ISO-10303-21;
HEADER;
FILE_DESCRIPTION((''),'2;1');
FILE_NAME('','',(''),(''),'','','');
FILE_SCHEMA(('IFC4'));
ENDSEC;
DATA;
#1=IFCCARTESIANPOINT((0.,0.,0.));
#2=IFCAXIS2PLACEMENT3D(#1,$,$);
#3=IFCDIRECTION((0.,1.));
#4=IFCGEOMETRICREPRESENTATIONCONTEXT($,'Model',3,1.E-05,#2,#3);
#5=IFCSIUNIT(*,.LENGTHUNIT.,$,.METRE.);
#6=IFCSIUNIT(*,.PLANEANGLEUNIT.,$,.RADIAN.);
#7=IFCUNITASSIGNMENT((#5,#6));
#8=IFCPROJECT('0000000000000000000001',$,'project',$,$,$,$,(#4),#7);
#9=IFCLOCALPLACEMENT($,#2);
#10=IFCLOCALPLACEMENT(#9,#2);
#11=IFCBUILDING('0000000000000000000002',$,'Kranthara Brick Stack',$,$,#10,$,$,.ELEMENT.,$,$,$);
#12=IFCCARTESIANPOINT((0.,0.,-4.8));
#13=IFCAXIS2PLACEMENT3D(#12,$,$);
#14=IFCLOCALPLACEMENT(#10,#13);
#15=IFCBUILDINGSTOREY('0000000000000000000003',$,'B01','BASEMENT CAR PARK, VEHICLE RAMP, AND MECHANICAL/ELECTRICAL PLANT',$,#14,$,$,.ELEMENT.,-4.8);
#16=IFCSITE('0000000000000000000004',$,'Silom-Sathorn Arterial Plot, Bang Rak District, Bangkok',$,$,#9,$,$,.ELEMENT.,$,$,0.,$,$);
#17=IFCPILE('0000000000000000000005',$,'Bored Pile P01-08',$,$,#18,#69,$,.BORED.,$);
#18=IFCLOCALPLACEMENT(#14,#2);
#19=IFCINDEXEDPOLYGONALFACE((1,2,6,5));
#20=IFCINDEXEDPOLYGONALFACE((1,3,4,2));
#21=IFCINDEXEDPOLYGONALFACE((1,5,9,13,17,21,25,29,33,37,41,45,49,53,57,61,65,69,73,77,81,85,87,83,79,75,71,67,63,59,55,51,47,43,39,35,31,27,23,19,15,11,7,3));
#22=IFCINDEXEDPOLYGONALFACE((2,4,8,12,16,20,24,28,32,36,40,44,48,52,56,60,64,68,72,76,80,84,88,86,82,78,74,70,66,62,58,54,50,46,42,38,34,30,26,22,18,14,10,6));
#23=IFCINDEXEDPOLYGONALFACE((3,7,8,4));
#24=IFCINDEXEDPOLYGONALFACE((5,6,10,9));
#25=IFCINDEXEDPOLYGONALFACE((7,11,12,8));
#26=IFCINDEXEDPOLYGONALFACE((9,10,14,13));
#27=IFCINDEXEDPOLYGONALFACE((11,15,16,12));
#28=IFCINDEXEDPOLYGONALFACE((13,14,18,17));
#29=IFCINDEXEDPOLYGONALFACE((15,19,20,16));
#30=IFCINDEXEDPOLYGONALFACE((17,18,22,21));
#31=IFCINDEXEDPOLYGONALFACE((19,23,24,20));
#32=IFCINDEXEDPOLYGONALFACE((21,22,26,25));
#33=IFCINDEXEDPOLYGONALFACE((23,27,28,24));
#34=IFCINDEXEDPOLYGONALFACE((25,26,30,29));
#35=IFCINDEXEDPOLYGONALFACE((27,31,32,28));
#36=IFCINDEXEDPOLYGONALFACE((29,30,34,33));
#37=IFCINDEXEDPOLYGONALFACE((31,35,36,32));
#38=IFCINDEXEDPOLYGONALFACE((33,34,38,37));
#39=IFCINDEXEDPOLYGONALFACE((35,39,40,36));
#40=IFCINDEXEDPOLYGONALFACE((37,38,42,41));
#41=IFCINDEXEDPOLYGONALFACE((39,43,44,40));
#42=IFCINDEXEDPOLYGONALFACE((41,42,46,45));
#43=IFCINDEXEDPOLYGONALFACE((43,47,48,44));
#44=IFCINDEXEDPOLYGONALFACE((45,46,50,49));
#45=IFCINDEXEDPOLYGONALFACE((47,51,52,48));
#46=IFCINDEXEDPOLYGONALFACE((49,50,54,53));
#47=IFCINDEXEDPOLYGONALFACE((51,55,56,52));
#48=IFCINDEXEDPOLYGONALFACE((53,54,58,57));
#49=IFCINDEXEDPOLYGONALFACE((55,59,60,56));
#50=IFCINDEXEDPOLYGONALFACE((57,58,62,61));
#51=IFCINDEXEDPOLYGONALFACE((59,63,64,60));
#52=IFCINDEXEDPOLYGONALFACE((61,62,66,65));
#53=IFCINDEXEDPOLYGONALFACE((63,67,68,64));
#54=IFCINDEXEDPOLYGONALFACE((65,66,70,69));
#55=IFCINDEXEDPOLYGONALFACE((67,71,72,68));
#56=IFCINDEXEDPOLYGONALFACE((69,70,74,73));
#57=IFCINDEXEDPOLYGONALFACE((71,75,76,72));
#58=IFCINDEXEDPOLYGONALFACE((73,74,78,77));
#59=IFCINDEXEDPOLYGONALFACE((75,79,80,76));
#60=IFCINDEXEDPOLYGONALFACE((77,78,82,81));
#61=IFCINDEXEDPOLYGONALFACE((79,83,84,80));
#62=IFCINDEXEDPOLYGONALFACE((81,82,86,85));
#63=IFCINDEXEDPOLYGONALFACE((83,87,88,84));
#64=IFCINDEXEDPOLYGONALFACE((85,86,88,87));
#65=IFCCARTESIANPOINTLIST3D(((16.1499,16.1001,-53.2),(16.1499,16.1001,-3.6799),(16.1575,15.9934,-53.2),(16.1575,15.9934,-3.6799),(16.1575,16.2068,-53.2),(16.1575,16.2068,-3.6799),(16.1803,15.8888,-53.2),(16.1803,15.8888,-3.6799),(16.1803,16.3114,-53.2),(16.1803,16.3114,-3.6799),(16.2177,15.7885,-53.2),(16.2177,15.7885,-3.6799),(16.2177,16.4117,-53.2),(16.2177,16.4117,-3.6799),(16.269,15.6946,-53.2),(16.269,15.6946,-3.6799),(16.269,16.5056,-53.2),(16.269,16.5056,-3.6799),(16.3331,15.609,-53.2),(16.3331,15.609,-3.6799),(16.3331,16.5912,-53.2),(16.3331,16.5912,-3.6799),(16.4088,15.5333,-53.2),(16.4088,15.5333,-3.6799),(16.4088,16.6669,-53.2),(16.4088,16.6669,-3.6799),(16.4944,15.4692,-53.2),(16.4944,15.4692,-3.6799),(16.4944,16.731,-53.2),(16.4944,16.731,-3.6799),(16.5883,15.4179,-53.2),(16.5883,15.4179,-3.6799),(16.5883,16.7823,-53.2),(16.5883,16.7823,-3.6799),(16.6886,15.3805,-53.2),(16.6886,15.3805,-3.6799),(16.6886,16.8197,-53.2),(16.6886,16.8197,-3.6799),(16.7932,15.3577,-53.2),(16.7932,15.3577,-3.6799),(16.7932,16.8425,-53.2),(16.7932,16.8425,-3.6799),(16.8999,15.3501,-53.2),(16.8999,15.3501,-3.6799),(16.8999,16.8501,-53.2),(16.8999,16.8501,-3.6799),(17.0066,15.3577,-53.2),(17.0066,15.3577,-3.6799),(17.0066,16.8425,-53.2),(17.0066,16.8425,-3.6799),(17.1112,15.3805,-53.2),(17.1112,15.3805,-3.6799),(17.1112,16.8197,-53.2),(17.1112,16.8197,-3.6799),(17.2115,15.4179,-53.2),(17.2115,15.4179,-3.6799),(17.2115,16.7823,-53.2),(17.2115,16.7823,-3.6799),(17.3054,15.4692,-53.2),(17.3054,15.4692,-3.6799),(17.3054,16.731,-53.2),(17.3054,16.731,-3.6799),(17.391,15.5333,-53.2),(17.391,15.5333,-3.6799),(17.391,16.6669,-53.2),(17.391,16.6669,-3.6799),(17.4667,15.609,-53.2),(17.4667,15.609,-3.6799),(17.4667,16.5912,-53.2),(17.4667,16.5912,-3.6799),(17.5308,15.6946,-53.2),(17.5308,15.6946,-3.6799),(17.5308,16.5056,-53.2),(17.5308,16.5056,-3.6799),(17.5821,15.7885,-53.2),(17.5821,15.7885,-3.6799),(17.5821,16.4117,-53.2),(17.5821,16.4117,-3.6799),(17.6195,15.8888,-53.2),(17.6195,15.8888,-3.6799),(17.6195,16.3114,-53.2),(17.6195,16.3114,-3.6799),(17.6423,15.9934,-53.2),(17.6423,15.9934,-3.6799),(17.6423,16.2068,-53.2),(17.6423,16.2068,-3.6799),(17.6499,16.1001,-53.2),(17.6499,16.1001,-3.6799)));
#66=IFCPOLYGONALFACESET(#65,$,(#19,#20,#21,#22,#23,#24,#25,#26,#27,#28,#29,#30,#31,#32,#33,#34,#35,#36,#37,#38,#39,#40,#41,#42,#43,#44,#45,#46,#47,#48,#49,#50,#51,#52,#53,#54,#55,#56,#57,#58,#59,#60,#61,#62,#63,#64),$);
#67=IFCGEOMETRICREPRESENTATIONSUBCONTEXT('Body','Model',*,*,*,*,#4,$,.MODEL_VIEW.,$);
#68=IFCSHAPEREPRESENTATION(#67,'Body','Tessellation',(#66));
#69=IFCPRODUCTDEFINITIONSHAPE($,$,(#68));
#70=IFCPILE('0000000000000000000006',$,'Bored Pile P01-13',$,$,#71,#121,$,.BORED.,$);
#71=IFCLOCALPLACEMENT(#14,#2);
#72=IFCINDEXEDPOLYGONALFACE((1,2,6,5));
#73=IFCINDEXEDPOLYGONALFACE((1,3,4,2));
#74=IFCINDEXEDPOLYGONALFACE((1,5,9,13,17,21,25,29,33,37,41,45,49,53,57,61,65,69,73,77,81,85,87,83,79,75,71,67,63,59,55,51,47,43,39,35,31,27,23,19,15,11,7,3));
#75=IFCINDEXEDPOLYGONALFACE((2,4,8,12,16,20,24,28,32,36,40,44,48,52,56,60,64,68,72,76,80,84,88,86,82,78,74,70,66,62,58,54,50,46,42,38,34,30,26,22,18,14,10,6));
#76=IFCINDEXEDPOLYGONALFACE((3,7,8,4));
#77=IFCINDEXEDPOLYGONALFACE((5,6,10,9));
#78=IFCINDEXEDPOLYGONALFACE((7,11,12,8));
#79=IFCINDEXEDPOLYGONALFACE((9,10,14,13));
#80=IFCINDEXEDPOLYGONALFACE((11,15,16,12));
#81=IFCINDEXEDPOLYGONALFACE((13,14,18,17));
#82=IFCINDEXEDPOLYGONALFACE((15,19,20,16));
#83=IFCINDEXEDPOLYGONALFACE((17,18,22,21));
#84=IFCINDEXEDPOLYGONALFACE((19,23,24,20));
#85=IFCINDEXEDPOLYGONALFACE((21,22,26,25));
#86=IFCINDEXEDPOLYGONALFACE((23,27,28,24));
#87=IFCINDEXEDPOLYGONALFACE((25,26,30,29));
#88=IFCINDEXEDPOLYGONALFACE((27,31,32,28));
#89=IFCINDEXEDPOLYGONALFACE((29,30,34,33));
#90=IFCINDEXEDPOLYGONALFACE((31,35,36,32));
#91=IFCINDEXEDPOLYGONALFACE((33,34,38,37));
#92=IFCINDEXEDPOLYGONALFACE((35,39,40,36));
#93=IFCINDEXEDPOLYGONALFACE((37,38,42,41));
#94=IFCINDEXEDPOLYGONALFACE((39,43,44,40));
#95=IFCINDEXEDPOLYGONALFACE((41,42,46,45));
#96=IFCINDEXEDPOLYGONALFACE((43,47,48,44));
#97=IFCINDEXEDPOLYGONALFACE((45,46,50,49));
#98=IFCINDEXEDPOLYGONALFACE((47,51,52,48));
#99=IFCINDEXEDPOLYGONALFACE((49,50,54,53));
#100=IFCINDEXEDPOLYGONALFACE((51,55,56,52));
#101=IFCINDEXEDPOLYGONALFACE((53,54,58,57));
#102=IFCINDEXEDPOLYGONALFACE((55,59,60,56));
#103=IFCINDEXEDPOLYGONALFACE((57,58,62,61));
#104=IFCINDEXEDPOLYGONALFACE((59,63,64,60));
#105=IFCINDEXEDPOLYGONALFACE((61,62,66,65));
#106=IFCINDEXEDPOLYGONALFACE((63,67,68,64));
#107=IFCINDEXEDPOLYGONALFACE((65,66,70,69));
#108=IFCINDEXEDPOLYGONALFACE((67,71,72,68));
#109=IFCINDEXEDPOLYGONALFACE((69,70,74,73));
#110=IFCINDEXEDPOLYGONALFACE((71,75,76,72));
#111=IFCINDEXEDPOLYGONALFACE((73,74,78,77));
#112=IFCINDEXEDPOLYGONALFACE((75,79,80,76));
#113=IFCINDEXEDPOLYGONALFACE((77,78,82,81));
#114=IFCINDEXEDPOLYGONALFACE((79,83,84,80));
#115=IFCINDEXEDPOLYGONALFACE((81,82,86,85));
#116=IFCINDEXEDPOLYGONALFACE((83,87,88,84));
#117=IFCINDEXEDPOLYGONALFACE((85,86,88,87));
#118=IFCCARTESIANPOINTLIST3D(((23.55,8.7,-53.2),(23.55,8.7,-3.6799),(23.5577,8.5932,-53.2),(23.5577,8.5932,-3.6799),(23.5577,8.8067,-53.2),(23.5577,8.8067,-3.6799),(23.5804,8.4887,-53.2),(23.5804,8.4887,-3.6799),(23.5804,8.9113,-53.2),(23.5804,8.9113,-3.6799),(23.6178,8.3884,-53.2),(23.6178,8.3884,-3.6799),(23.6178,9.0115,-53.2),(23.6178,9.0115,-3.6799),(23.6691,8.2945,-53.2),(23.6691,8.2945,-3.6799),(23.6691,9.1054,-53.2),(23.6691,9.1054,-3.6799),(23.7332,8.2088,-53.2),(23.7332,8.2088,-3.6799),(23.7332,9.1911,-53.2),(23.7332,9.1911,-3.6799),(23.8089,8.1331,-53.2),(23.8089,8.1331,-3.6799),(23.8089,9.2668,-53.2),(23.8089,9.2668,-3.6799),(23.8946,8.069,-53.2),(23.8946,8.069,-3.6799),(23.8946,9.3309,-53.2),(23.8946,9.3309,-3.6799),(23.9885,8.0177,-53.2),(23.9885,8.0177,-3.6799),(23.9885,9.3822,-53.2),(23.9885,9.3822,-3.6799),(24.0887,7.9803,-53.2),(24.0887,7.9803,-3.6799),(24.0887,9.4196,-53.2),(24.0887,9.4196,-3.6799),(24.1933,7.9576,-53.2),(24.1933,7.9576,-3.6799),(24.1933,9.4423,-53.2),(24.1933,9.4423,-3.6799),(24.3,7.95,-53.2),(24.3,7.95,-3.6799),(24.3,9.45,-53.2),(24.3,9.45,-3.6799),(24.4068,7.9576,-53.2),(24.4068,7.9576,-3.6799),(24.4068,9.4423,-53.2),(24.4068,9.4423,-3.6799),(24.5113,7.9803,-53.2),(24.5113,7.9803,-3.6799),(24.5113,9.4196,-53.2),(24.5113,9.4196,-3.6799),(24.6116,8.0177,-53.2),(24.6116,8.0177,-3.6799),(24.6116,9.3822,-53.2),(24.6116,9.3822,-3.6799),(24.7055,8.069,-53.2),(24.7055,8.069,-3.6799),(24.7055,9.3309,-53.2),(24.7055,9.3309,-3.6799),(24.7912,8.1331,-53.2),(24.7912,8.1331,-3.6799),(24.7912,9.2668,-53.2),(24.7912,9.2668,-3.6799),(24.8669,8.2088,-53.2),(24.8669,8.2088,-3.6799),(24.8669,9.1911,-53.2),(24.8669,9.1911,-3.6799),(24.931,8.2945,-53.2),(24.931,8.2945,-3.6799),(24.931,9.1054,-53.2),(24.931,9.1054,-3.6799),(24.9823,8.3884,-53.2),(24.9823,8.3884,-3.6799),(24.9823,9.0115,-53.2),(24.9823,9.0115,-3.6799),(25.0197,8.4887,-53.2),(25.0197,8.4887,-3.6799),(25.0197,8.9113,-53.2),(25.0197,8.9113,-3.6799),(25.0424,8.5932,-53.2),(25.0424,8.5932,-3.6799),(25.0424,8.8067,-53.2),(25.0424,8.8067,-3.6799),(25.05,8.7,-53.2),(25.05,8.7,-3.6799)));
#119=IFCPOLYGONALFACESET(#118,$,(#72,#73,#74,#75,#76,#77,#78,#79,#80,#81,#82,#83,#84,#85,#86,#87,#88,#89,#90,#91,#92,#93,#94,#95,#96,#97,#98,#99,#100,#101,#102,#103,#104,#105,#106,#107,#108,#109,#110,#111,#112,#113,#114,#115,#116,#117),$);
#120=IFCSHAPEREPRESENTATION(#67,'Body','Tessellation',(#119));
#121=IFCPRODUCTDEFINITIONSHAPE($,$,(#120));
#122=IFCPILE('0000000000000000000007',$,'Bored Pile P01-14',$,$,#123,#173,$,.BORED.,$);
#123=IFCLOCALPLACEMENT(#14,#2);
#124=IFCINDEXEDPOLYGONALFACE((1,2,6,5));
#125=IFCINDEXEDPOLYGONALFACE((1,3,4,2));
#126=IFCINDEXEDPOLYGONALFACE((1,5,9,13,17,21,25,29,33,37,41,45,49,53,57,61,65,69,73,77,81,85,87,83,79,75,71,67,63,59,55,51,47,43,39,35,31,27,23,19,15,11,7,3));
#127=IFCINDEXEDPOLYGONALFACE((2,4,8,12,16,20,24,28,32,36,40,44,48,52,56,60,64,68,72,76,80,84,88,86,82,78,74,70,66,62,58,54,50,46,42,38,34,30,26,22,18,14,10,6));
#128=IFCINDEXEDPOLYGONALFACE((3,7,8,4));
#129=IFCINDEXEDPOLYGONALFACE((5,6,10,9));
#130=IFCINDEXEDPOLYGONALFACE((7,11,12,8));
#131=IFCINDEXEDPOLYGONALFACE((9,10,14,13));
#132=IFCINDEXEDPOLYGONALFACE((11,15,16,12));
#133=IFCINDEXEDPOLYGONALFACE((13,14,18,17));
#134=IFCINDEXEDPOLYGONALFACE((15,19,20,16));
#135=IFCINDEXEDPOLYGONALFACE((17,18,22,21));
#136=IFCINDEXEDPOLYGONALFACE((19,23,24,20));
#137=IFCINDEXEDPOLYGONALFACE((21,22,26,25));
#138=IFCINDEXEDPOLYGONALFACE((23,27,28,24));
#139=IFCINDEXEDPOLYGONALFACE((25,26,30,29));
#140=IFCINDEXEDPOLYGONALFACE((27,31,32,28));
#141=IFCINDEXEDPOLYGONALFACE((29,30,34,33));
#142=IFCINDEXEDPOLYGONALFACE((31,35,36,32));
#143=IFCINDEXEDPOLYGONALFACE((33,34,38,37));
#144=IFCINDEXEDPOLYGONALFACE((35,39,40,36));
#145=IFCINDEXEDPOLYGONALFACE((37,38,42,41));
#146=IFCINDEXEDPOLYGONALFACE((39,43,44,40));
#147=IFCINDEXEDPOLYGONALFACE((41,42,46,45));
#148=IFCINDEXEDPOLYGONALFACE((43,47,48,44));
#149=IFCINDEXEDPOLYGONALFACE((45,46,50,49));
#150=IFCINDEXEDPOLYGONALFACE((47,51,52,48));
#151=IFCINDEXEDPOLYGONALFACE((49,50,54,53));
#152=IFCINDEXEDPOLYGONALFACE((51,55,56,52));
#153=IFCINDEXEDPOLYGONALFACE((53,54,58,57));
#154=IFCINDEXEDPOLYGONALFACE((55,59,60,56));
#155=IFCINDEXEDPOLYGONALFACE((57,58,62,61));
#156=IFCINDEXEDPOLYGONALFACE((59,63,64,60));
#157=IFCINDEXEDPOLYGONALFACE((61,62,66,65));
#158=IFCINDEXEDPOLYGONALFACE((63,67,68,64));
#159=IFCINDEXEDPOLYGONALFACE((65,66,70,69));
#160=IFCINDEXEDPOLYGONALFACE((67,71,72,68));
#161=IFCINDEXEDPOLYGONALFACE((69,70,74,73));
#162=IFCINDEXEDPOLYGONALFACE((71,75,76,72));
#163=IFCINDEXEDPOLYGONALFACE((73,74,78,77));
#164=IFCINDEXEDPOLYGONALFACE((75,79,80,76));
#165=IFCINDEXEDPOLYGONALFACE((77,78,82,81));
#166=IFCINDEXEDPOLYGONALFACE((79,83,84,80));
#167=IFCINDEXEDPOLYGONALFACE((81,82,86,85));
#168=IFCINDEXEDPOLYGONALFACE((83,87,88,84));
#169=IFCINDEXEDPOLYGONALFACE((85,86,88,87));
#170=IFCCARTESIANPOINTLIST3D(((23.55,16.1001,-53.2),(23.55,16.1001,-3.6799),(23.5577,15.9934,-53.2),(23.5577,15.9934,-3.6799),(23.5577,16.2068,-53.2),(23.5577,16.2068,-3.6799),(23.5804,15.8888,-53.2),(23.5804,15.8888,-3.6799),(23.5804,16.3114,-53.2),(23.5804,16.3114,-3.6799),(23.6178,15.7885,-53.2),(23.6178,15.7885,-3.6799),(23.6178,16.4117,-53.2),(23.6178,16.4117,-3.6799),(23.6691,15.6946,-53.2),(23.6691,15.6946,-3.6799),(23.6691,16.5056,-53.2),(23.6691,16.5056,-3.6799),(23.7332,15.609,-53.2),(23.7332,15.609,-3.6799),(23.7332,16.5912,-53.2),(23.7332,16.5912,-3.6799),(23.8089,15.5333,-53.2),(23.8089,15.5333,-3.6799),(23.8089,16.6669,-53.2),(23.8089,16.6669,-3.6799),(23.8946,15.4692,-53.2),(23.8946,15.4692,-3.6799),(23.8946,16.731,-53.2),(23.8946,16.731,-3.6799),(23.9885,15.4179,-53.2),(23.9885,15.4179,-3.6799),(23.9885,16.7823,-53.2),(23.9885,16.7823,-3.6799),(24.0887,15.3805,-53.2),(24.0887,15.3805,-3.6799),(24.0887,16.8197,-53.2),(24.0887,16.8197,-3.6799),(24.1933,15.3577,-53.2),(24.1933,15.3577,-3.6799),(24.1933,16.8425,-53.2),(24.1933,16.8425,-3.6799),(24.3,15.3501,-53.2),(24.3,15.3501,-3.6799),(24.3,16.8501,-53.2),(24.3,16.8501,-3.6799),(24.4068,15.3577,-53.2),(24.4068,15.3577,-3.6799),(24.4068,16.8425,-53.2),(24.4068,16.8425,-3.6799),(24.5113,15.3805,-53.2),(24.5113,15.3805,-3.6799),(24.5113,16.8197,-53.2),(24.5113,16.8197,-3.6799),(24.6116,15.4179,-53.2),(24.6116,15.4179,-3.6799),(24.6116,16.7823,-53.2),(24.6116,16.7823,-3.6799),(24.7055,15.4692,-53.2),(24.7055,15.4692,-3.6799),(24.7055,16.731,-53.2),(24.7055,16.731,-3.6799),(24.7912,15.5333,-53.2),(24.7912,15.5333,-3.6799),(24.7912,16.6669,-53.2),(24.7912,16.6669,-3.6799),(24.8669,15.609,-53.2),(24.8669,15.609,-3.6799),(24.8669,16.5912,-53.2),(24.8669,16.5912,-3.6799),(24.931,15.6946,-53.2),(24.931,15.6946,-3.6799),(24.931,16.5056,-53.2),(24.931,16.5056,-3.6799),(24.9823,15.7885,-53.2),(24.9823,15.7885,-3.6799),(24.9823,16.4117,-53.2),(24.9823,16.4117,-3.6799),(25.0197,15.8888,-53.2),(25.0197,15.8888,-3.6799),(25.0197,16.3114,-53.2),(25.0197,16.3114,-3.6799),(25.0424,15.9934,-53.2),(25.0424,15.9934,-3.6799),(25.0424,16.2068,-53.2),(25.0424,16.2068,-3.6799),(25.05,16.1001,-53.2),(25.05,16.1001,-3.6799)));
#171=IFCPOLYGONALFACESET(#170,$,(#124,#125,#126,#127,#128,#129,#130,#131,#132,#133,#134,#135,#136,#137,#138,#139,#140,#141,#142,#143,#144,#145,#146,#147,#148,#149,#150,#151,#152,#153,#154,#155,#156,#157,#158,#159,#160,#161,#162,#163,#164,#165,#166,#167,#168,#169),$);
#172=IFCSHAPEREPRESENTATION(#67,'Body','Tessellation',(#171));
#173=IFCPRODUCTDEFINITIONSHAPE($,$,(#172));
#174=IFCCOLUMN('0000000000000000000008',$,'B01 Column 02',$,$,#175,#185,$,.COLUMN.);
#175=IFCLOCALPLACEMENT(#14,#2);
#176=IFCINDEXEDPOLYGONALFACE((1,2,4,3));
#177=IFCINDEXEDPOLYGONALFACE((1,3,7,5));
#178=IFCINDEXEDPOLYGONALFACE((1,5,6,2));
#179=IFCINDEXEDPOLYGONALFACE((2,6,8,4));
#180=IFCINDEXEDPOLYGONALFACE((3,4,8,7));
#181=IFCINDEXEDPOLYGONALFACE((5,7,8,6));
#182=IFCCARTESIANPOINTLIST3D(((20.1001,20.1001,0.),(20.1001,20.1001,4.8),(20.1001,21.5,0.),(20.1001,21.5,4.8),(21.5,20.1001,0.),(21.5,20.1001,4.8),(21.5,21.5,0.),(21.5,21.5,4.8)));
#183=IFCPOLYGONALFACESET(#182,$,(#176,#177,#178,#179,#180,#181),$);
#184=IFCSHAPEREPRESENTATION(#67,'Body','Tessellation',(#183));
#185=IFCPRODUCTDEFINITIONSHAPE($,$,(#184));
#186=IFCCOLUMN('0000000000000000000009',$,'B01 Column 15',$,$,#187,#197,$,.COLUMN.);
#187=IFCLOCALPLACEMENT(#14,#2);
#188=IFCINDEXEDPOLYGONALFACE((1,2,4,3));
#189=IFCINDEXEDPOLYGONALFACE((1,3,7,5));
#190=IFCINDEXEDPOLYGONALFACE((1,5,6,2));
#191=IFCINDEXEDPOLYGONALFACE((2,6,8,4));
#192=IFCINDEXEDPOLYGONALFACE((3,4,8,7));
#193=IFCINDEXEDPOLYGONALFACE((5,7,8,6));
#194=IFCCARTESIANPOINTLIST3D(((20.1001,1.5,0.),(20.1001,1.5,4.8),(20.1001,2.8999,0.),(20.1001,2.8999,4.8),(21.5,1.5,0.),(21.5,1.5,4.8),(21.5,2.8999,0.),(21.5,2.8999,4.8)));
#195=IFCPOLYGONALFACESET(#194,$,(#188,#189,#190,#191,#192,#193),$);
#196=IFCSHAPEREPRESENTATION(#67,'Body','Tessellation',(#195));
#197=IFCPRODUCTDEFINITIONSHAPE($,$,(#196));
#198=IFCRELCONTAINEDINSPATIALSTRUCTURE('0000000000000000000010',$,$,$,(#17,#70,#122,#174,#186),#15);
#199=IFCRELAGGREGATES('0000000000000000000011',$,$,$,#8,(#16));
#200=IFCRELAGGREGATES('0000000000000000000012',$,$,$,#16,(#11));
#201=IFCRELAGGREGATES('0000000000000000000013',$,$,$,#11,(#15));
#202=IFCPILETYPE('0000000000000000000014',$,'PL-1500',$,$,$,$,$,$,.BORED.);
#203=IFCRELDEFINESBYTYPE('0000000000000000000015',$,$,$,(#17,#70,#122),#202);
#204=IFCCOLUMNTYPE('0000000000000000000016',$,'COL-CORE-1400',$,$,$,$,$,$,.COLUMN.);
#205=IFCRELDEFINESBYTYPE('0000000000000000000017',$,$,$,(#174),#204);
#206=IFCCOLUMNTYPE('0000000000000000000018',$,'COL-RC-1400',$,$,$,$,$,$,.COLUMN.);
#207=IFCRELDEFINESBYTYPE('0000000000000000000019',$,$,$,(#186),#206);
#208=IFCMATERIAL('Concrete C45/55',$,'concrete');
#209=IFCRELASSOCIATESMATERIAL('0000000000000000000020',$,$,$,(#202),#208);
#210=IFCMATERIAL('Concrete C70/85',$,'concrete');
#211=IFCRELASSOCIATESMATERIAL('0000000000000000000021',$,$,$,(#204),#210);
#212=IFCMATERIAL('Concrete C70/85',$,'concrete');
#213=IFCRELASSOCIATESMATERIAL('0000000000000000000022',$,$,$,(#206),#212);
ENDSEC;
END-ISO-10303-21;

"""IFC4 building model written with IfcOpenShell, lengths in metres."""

from ifc_helpers import new_model, si_unit, direction, frame, origin, origin_2d, place, context, subcontext, project, spatial, rectangle, circle, extrude, material, material_profile, profile_set, type_object, element, save


model = new_model("IFC4")

# Units and contexts
model_context = context("Model", 3, precision=1e-05, world=origin(), true_north=direction((0.0, 1.0)))
body_context = subcontext(model_context, "Body", "Model", "MODEL_VIEW")
ifc_project = project(units=[si_unit("LENGTHUNIT", "METRE"), si_unit("PLANEANGLEUNIT", "RADIAN")], contexts=[model_context])

# Site, building, storey
site_placement = place(None, origin())
site = spatial("IfcSite", under=ifc_project, at=site_placement, Name="Silom-Sathorn Arterial Plot, Bang Rak District, Bangkok", CompositionType="ELEMENT", RefElevation=0.0)
building_placement = place(site_placement, origin())
building = spatial("IfcBuilding", under=site, at=building_placement, Name="Kranthara Brick Stack", CompositionType="ELEMENT")
storey_placement = place(building_placement, frame((0.0, 0.0, -4.8)))
storey = spatial("IfcBuildingStorey", under=building, at=storey_placement, Name="B01", Description="BASEMENT CAR PARK, VEHICLE RAMP, AND MECHANICAL/ELECTRICAL PLANT", CompositionType="ELEMENT", Elevation=-4.8)

# Piles
ifc_material_1 = material(Name="Concrete C45/55", Category="concrete")
ifc_material_profile_1 = material_profile(ifc_material_1, circle(Radius=0.75, at=origin_2d()), Name="BORED PILE 1500")
ifc_profile_set_1 = profile_set([ifc_material_profile_1], Name="Concrete C45/55")
pile_type_1 = type_object("IfcPileType", Name="PL-1500", PredefinedType="BORED", material=ifc_profile_set_1)
for number, where, z_axis, x_axis, name in (
    (1, (16.8999, 16.1001, -3.6799), (0.0, 0.0, -1.0), (1.0, 0.0, 0.0), "Bored Pile P01-08"),
    (2, (24.3, 8.7, -3.6799), (0.0, 0.0, -1.0), (1.0, 0.0, 0.0), "Bored Pile P01-13"),
    (3, (24.3, 16.1001, -3.6799), (0.0, 0.0, -1.0), (1.0, 0.0, 0.0), "Bored Pile P01-14"),
):
    element("IfcPile", number, at=place(storey_placement, frame(where, z_axis=z_axis, x_axis=x_axis)), inside=storey, type_object=pile_type_1, Name=name, PredefinedType="BORED", context=body_context, shape_type="SweptSolid", body=[
        extrude(circle(Radius=0.75, at=origin_2d()), origin(), (0.0, 0.0, 1.0), 49.52),
    ])

# Columns
ifc_material_2 = material(Name="Concrete C70/85", Category="concrete")
ifc_material_profile_2 = material_profile(ifc_material_2, rectangle(XDim=1.3999, YDim=1.3999, at=origin_2d()), Name="RC 1400x1400")
ifc_profile_set_2 = profile_set([ifc_material_profile_2], Name="Concrete C70/85")
column_type_1 = type_object("IfcColumnType", Name="COL-CORE-1400", PredefinedType="COLUMN", material=ifc_profile_set_2)
column_placement = place(storey_placement, frame((20.8, 20.8, 0.0), z_axis=(0.0, 0.0, 1.0), x_axis=(1.0, 0.0, 0.0)))
element("IfcColumn", 4, at=column_placement, inside=storey, type_object=column_type_1, Name="B01 Column 02", PredefinedType="COLUMN", context=body_context, shape_type="SweptSolid", body=[
    extrude(rectangle(XDim=1.3999, YDim=1.3999, at=origin_2d()), origin(), (0.0, 0.0, 1.0), 4.8),
])
ifc_material_3 = material(Name="Concrete C70/85", Category="concrete")
ifc_material_profile_3 = material_profile(ifc_material_3, rectangle(XDim=1.3999, YDim=1.3999, at=origin_2d()), Name="RC 1400x1400")
ifc_profile_set_3 = profile_set([ifc_material_profile_3], Name="Concrete C70/85")
column_type_2 = type_object("IfcColumnType", Name="COL-RC-1400", PredefinedType="COLUMN", material=ifc_profile_set_3)
for number, where, z_axis, x_axis, name in (
    (5, (20.8, 2.2, 0.0), (0.0, 0.0, 1.0), (1.0, 0.0, 0.0), "B01 Column 15"),
):
    element("IfcColumn", number, at=place(storey_placement, frame(where, z_axis=z_axis, x_axis=x_axis)), inside=storey, type_object=column_type_2, Name=name, PredefinedType="COLUMN", context=body_context, shape_type="SweptSolid", body=[
        extrude(rectangle(XDim=1.3999, YDim=1.3999, at=origin_2d()), origin(), (0.0, 0.0, 1.0), 4.8),
    ])

save(model, "model.ifc")
